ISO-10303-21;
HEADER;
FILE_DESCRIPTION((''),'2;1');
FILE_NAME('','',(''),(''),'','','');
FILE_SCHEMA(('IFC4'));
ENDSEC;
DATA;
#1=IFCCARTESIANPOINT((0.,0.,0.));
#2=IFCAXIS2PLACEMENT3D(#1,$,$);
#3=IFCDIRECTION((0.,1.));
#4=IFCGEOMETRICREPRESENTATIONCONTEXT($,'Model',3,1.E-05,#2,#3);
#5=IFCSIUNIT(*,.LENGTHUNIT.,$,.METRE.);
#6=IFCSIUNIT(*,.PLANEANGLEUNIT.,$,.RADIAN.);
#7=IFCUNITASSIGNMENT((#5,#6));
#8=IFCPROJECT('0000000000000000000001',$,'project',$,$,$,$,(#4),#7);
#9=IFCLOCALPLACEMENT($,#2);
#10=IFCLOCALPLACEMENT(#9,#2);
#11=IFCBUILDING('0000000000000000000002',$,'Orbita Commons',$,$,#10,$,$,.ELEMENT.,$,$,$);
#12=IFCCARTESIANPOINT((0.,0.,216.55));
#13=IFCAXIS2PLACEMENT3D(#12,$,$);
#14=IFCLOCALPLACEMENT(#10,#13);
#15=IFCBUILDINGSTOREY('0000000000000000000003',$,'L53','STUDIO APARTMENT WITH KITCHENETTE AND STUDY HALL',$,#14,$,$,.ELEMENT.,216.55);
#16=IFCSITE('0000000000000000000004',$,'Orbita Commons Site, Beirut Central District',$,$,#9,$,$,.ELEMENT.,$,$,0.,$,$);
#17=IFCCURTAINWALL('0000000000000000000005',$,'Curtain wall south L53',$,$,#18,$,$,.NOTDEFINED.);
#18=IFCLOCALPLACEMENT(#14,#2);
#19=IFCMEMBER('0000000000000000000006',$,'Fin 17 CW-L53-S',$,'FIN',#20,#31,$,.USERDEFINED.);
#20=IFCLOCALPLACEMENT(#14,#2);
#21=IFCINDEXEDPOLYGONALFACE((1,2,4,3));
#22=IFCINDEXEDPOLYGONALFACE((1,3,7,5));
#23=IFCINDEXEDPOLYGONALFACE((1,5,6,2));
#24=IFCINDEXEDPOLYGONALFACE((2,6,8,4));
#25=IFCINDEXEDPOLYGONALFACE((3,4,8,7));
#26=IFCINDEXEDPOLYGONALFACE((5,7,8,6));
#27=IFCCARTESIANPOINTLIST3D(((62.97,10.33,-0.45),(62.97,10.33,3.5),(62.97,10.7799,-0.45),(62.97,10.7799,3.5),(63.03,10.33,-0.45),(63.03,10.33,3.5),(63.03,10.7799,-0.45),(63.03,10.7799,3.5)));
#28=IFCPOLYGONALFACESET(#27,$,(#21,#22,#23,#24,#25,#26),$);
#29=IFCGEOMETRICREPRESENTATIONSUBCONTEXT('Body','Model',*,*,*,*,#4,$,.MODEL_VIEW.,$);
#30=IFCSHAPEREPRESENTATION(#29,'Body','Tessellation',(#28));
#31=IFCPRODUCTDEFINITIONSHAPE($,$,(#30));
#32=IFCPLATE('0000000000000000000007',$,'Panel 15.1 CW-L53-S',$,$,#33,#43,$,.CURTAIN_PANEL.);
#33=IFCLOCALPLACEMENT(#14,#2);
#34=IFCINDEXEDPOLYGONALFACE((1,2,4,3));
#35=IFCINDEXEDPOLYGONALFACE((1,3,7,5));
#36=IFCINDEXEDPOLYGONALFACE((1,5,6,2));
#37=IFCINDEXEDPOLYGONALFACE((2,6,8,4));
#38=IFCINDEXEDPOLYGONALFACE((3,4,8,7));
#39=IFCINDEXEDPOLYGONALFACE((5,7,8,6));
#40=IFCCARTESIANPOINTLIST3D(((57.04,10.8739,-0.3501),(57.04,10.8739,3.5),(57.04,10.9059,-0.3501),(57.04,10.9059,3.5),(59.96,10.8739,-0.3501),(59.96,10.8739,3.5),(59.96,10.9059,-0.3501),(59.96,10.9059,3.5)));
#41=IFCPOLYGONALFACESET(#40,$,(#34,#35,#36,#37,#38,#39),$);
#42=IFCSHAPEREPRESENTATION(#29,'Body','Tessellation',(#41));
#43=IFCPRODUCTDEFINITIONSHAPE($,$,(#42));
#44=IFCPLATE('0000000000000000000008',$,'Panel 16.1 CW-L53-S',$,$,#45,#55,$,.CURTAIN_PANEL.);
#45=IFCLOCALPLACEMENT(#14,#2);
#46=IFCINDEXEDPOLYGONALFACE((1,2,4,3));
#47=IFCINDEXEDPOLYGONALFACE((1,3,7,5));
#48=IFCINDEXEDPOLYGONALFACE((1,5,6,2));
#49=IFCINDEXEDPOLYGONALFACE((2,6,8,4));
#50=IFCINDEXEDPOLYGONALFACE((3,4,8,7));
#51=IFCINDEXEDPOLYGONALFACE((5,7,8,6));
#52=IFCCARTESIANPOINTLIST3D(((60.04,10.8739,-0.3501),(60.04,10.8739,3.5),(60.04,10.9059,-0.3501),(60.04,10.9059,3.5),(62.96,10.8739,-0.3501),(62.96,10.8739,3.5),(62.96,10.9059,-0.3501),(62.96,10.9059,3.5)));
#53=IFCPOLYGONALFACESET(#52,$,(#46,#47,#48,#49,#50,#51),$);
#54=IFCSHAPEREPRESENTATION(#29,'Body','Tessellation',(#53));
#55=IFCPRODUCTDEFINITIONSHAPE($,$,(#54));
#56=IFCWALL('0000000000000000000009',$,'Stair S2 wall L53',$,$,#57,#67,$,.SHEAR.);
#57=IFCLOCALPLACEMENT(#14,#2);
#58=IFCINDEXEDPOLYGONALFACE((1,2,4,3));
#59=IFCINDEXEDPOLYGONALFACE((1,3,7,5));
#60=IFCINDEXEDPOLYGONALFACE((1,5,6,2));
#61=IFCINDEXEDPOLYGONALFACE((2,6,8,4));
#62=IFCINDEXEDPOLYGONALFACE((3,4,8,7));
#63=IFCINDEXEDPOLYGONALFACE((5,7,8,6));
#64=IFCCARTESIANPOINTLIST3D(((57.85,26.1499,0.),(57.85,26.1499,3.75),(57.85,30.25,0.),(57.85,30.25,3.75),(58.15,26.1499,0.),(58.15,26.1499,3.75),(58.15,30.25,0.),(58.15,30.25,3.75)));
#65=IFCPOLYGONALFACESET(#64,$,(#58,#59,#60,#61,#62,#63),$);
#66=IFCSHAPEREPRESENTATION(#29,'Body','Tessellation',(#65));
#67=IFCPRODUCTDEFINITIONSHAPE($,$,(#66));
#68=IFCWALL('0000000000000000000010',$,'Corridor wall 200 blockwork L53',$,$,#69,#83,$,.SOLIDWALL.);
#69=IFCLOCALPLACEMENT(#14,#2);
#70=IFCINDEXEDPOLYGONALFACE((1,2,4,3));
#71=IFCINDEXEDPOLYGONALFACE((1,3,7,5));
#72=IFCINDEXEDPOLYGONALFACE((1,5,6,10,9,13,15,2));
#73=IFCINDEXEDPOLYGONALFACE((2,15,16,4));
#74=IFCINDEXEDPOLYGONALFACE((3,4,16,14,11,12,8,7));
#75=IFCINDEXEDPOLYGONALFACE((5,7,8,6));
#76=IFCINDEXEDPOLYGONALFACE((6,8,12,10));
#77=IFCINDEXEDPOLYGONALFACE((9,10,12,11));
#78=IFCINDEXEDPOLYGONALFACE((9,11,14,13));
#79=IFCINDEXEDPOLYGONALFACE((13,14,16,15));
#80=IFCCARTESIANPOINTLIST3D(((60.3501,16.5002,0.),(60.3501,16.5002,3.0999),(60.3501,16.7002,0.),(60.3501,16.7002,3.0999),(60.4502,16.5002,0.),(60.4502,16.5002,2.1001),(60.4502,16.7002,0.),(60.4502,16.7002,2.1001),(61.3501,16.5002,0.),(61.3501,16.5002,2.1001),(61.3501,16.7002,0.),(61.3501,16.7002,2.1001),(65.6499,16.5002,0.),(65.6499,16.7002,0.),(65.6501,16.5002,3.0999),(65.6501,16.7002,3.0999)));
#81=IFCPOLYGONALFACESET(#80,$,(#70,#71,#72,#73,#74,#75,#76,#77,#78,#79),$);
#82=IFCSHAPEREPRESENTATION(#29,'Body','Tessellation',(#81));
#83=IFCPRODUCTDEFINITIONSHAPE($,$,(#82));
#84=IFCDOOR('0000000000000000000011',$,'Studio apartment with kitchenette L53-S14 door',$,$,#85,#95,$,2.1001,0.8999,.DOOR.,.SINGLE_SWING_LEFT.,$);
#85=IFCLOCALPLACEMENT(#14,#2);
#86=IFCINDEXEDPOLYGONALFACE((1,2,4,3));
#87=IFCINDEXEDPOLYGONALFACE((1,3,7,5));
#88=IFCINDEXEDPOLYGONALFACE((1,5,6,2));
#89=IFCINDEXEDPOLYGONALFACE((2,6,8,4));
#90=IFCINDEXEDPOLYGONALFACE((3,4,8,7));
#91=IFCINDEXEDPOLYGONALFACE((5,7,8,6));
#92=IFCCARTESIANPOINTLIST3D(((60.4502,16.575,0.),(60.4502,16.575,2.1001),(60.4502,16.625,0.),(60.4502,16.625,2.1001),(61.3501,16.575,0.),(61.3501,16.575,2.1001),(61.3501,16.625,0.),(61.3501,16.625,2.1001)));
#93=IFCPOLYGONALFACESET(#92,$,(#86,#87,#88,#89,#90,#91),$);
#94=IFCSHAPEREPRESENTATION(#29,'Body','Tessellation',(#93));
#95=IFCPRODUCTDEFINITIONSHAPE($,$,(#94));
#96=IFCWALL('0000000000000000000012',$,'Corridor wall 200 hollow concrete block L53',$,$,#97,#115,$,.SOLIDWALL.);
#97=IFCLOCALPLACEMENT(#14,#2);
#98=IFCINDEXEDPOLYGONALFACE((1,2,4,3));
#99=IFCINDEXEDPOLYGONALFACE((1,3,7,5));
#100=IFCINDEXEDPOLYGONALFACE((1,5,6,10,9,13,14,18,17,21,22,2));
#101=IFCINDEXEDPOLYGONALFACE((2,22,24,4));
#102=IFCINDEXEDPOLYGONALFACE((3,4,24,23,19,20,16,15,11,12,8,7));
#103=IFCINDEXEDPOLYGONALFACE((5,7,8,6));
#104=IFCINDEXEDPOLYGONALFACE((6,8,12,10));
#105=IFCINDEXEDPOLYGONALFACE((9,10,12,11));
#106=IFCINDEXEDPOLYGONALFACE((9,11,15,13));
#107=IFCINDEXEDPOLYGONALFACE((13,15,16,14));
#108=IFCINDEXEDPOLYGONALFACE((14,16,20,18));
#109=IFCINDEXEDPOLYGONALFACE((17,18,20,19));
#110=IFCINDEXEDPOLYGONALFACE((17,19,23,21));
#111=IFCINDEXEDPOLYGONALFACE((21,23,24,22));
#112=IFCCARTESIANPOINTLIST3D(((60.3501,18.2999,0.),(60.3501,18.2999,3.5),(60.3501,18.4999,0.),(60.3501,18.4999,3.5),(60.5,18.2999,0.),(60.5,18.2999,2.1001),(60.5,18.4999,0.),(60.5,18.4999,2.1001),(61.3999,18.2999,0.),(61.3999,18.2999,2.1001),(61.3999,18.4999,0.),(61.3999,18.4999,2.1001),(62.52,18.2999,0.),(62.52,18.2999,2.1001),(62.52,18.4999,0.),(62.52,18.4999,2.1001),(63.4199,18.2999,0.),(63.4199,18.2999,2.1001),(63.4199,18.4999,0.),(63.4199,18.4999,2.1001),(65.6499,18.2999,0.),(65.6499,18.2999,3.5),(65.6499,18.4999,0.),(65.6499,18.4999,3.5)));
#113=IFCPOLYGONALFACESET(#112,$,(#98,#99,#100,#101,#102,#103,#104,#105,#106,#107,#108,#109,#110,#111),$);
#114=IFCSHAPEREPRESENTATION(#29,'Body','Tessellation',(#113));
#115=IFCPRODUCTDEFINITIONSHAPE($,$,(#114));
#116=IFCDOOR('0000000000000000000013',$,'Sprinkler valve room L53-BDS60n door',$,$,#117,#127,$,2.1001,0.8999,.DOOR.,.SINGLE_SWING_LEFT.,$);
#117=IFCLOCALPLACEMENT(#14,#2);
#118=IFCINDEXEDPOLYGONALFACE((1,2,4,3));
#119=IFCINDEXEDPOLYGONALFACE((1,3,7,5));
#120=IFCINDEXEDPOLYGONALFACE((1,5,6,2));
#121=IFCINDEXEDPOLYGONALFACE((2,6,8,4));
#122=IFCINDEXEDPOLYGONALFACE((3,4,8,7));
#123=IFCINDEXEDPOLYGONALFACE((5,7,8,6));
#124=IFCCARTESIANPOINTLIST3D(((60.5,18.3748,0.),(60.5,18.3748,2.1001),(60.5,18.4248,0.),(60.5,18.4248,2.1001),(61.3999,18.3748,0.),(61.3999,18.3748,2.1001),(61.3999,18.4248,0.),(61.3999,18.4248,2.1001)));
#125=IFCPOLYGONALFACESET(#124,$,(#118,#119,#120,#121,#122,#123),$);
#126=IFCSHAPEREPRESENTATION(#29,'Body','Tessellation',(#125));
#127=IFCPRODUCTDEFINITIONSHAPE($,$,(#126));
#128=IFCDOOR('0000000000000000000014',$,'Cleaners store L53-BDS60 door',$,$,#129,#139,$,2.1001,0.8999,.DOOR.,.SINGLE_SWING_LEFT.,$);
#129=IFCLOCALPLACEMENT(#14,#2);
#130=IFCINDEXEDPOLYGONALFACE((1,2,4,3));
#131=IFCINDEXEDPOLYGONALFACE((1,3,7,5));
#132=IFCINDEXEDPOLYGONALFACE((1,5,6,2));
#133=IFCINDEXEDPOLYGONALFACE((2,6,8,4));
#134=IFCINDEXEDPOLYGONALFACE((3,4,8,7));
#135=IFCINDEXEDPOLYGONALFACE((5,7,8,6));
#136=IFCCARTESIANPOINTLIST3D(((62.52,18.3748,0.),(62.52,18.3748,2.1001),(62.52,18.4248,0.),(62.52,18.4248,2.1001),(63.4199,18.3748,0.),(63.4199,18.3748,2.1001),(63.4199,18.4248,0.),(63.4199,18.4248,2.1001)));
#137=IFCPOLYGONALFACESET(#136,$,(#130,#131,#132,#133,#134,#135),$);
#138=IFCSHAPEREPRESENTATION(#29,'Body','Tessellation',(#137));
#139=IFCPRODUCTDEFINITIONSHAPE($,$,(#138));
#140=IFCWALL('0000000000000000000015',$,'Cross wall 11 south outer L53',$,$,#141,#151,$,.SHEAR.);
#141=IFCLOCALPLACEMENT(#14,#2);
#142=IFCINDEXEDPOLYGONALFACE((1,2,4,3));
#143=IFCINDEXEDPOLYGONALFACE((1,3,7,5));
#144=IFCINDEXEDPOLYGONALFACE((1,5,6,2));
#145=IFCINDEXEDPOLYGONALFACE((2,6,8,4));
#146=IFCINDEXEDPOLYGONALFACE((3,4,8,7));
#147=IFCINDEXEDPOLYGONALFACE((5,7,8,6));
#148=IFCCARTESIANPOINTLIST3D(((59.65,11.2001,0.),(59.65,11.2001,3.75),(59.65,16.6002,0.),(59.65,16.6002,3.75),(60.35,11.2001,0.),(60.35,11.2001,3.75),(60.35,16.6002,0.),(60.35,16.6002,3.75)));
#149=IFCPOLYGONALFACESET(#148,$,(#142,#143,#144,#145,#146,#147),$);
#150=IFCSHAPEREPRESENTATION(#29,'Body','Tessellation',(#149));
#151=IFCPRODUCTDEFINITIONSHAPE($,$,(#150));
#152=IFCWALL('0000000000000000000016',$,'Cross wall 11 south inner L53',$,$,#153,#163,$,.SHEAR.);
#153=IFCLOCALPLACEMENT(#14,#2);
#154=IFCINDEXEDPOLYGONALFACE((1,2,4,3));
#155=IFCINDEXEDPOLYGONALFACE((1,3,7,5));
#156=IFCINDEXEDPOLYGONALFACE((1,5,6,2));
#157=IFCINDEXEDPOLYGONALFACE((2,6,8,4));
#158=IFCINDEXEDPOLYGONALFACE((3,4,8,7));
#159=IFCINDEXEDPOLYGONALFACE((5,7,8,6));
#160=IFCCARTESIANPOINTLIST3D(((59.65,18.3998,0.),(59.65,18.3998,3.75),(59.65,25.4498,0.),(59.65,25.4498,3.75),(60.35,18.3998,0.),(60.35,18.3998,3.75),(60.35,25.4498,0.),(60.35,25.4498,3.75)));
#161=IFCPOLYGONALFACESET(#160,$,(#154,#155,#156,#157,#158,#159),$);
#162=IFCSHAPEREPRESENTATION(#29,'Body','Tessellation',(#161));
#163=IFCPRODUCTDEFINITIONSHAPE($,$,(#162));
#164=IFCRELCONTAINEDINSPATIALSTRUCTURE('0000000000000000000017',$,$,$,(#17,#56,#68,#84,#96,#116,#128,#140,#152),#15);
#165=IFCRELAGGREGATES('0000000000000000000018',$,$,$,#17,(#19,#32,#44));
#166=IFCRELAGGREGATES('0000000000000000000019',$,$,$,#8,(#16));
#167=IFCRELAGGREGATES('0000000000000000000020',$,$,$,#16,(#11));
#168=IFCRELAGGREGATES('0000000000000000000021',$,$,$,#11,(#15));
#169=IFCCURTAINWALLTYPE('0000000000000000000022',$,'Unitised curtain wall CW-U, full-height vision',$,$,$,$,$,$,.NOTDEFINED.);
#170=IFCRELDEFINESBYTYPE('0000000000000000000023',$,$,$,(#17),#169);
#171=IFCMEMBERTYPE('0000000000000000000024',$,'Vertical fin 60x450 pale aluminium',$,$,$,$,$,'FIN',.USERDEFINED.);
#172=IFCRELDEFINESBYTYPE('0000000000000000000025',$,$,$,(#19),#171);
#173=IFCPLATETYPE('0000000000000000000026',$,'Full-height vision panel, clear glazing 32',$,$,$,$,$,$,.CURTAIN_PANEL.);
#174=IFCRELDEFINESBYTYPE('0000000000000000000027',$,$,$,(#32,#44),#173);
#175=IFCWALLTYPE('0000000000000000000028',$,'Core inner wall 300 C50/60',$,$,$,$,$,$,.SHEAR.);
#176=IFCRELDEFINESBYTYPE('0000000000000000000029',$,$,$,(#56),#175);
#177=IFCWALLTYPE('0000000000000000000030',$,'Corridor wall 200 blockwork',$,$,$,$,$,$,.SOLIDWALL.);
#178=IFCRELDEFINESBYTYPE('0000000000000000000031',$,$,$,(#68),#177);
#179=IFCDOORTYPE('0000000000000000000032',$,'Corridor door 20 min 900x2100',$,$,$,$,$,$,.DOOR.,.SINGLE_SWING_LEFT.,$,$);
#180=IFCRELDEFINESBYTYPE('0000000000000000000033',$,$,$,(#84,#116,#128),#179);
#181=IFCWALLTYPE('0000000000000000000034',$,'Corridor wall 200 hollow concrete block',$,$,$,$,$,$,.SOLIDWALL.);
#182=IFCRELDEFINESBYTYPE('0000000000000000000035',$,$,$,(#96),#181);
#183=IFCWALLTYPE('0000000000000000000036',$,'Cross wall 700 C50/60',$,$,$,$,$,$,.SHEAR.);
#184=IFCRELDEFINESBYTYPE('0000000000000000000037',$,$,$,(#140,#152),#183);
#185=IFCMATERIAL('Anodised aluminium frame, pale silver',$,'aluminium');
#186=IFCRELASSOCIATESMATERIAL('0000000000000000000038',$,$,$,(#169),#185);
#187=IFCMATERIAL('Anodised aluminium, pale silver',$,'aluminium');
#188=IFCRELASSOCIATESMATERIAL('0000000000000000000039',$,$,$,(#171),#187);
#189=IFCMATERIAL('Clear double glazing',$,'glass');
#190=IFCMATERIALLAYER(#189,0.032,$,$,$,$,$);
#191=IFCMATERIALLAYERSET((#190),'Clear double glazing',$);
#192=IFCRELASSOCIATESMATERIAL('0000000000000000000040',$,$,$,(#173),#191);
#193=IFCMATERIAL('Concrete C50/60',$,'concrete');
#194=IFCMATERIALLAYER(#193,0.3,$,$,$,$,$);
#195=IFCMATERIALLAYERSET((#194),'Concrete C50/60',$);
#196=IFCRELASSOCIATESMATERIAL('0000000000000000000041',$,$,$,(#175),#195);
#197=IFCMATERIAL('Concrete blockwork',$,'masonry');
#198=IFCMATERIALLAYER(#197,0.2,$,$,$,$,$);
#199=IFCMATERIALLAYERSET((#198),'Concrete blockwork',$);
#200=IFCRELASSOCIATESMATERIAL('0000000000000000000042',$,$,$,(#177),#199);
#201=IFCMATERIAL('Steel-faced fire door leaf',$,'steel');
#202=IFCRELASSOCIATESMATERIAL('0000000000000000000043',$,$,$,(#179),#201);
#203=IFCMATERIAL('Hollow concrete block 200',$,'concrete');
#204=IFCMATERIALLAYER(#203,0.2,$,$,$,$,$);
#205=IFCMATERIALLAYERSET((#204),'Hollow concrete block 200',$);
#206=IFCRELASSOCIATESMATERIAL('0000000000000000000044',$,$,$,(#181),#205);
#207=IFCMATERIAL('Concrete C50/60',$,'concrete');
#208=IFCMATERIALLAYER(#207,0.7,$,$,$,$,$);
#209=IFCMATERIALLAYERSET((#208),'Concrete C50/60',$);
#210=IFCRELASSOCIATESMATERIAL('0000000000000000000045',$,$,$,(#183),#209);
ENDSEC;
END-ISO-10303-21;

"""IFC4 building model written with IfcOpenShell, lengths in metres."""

from ifc_helpers import new_model, si_unit, direction, frame, frame_2d, origin, origin_2d, place, context, subcontext, project, spatial, polyline, rectangle, outline, extrude, material, layer, layer_set, material_profile, profile_set, type_object, element, fill, aggregate, save


model = new_model("IFC4")

# Units and contexts
model_context = context("Model", 3, precision=1e-05, world=origin(), true_north=direction((0.0, 1.0)))
body_context = subcontext(model_context, "Body", "Model", "MODEL_VIEW")
ifc_project = project(units=[si_unit("LENGTHUNIT", "METRE"), si_unit("PLANEANGLEUNIT", "RADIAN")], contexts=[model_context])

# Site, building, storey
site_placement = place(None, origin())
site = spatial("IfcSite", under=ifc_project, at=site_placement, Name="Orbita Commons Site, Beirut Central District", CompositionType="ELEMENT", RefElevation=0.0)
building_placement = place(site_placement, origin())
building = spatial("IfcBuilding", under=site, at=building_placement, Name="Orbita Commons", CompositionType="ELEMENT")
storey_placement = place(building_placement, frame((0.0, 0.0, 216.55)))
storey = spatial("IfcBuildingStorey", under=building, at=storey_placement, Name="L53", Description="STUDIO APARTMENT WITH KITCHENETTE AND STUDY HALL", CompositionType="ELEMENT", Elevation=216.55)

# Curtain wall
ifc_material_1 = material(Name="Anodised aluminium frame, pale silver", Category="aluminium")
curtain_wall_type = type_object("IfcCurtainWallType", Name="Unitised curtain wall CW-U, full-height vision", PredefinedType="NOTDEFINED", material=ifc_material_1)
curtain_wall_placement = place(storey_placement, origin())
curtain_wall = element("IfcCurtainWall", 1, at=curtain_wall_placement, inside=storey, type_object=curtain_wall_type, Name="Curtain wall south L53", PredefinedType="NOTDEFINED")

# Member
ifc_material_2 = material(Name="Anodised aluminium, pale silver", Category="aluminium")
ifc_material_profile_1 = material_profile(ifc_material_2, rectangle(XDim=0.0601, YDim=0.45, at=origin_2d()), Name="FIN 60x450")
ifc_profile_set_1 = profile_set([ifc_material_profile_1], Name="Anodised aluminium, pale silver")
member_type_1 = type_object("IfcMemberType", Name="Vertical fin 60x450 pale aluminium", ElementType="FIN", PredefinedType="USERDEFINED", material=ifc_profile_set_1)
member_1_placement = place(storey_placement, frame((63.0, 10.5549, -0.45), z_axis=(0.0, 0.0, 1.0), x_axis=(1.0, 0.0, 0.0)))
member_1 = element("IfcMember", 2, at=member_1_placement, type_object=member_type_1, Name="Fin 17 CW-L53-S", ObjectType="FIN", PredefinedType="USERDEFINED", context=body_context, shape_type="SweptSolid", body=[
    extrude(rectangle(XDim=0.0601, YDim=0.45, at=origin_2d()), origin(), (0.0, 0.0, 1.0), 3.95),
])

# Plates
ifc_material_3 = material(Name="Clear double glazing", Category="glass")
ifc_layer_1 = layer(ifc_material_3, 0.032)
ifc_layer_set_1 = layer_set([ifc_layer_1], Name="Clear double glazing")
plate_type = type_object("IfcPlateType", Name="Full-height vision panel, clear glazing 32", PredefinedType="CURTAIN_PANEL", material=ifc_layer_set_1)
plate_1_placement = place(storey_placement, frame((58.5, 10.8899, -0.3501), z_axis=(0.0, 0.0, 1.0), x_axis=(1.0, 0.0, 0.0)))
plate_1 = element("IfcPlate", 3, at=plate_1_placement, type_object=plate_type, Name="Panel 15.1 CW-L53-S", PredefinedType="CURTAIN_PANEL", context=body_context, shape_type="SweptSolid", body=[
    extrude(rectangle(XDim=2.9199, YDim=0.032, at=origin_2d()), origin(), (0.0, 0.0, 1.0), 3.8501),
])
plate_2_placement = place(storey_placement, frame((61.5, 10.8899, -0.3501), z_axis=(0.0, 0.0, 1.0), x_axis=(1.0, 0.0, 0.0)))
plate_2 = element("IfcPlate", 4, at=plate_2_placement, type_object=plate_type, Name="Panel 16.1 CW-L53-S", PredefinedType="CURTAIN_PANEL", context=body_context, shape_type="SweptSolid", body=[
    extrude(rectangle(XDim=2.9199, YDim=0.032, at=origin_2d()), origin(), (0.0, 0.0, 1.0), 3.8501),
])
aggregate(curtain_wall, [member_1, plate_1, plate_2])

# Wall
ifc_material_4 = material(Name="Concrete C50/60", Category="concrete")
ifc_layer_2 = layer(ifc_material_4, 0.3)
ifc_layer_set_2 = layer_set([ifc_layer_2], Name="Concrete C50/60")
wall_type_1 = type_object("IfcWallType", Name="Core inner wall 300 C50/60", PredefinedType="SHEAR", material=ifc_layer_set_2)
wall_1_placement = place(storey_placement, frame((58.0, 26.1499, 0.0), z_axis=(0.0, 0.0, 1.0), x_axis=(0.0, 1.0, 0.0)))
element("IfcWall", 5, at=wall_1_placement, inside=storey, type_object=wall_type_1, Name="Stair S2 wall L53", PredefinedType="SHEAR", context=body_context, shape_type="SweptSolid", body=[
    extrude(rectangle(XDim=4.1001, YDim=0.3, at=frame_2d((2.05, 0.0))), origin(), (0.0, 0.0, 1.0), 3.75),
])

# Wall, opening, door
ifc_material_5 = material(Name="Concrete blockwork", Category="masonry")
ifc_layer_3 = layer(ifc_material_5, 0.2)
ifc_layer_set_3 = layer_set([ifc_layer_3], Name="Concrete blockwork")
wall_type_2 = type_object("IfcWallType", Name="Corridor wall 200 blockwork", PredefinedType="SOLIDWALL", material=ifc_layer_set_3)
wall_2_placement = place(storey_placement, frame((60.3501, 16.6001, 0.0), z_axis=(0.0, 0.0, 1.0), x_axis=(1.0, 0.0, 0.0)))
wall_2 = element("IfcWall", 6, at=wall_2_placement, inside=storey, type_object=wall_type_2, Name="Corridor wall 200 blockwork L53", PredefinedType="SOLIDWALL", context=body_context, shape_type="SweptSolid", body=[
    extrude(outline(polyline([(0.0, 0.0), (5.2998, 0.0), (5.3, 3.0999), (0.0, 3.0999), (0.0, 0.0)])), frame((0.0, 0.1001, 0.0), z_axis=(0.0, -1.0, 0.0), x_axis=(1.0, 0.0, 0.0)), (0.0, 0.0, 1.0), 0.2),
])
opening_1_placement = place(wall_2_placement, frame((0.1001, 0.0, 0.0)))
opening_1 = element("IfcOpeningElement", 7, at=opening_1_placement, cuts=wall_2, PredefinedType="OPENING", context=body_context, shape_type="SweptSolid", body=[
    extrude(rectangle(XDim=0.8999, YDim=2.1001, at=frame_2d((0.45, 1.05))), frame((0.0, 0.1099, 0.0), z_axis=(0.0, -1.0, 0.0), x_axis=(1.0, 0.0, 0.0)), (0.0, 0.0, 1.0), 0.22),
])
ifc_material_6 = material(Name="Steel-faced fire door leaf", Category="steel")
door_type_1 = type_object("IfcDoorType", Name="Corridor door 20 min 900x2100", OperationType="SINGLE_SWING_LEFT", PredefinedType="DOOR", material=ifc_material_6)
door_1_placement = place(opening_1_placement, origin())
door_1 = element("IfcDoor", 8, at=door_1_placement, inside=storey, type_object=door_type_1, Name="Studio apartment with kitchenette L53-S14 door", OperationType="SINGLE_SWING_LEFT", OverallHeight=2.1001, OverallWidth=0.8999, PredefinedType="DOOR", context=body_context, shape_type="SweptSolid", body=[
    extrude(rectangle(XDim=0.8999, YDim=2.1001, at=frame_2d((0.45, 1.05))), frame((0.0, 0.0249, 0.0), z_axis=(0.0, -1.0, 0.0), x_axis=(1.0, 0.0, 0.0)), (0.0, 0.0, 1.0), 0.05),
])
fill(opening_1, door_1)

# Wall, openings, doors
ifc_material_7 = material(Name="Hollow concrete block 200", Category="concrete")
ifc_layer_4 = layer(ifc_material_7, 0.2)
ifc_layer_set_4 = layer_set([ifc_layer_4], Name="Hollow concrete block 200")
wall_type_3 = type_object("IfcWallType", Name="Corridor wall 200 hollow concrete block", PredefinedType="SOLIDWALL", material=ifc_layer_set_4)
wall_3_placement = place(storey_placement, frame((60.3501, 18.3999, 0.0), z_axis=(0.0, 0.0, 1.0), x_axis=(1.0, 0.0, 0.0)))
wall_3 = element("IfcWall", 9, at=wall_3_placement, inside=storey, type_object=wall_type_3, Name="Corridor wall 200 hollow concrete block L53", PredefinedType="SOLIDWALL", context=body_context, shape_type="SweptSolid", body=[
    extrude(rectangle(XDim=5.2998, YDim=0.2, at=frame_2d((2.6499, 0.0))), origin(), (0.0, 0.0, 1.0), 3.5),
])
opening_2_placement = place(wall_3_placement, frame((0.1499, 0.0, 0.0)))
opening_2 = element("IfcOpeningElement", 10, at=opening_2_placement, cuts=wall_3, PredefinedType="OPENING", context=body_context, shape_type="SweptSolid", body=[
    extrude(rectangle(XDim=0.8999, YDim=2.1001, at=frame_2d((0.45, 1.05))), frame((0.0, 0.1099, 0.0), z_axis=(0.0, -1.0, 0.0), x_axis=(1.0, 0.0, 0.0)), (0.0, 0.0, 1.0), 0.22),
])
opening_3_placement = place(wall_3_placement, frame((2.1699, 0.0, 0.0)))
opening_3 = element("IfcOpeningElement", 11, at=opening_3_placement, cuts=wall_3, PredefinedType="OPENING", context=body_context, shape_type="SweptSolid", body=[
    extrude(rectangle(XDim=0.8999, YDim=2.1001, at=frame_2d((0.45, 1.05))), frame((0.0, 0.1099, 0.0), z_axis=(0.0, -1.0, 0.0), x_axis=(1.0, 0.0, 0.0)), (0.0, 0.0, 1.0), 0.22),
])
door_2_placement = place(opening_2_placement, origin())
door_2 = element("IfcDoor", 12, at=door_2_placement, inside=storey, type_object=door_type_1, Name="Sprinkler valve room L53-BDS60n door", OperationType="SINGLE_SWING_LEFT", OverallHeight=2.1001, OverallWidth=0.8999, PredefinedType="DOOR", context=body_context, shape_type="SweptSolid", body=[
    extrude(rectangle(XDim=0.8999, YDim=2.1001, at=frame_2d((0.45, 1.05))), frame((0.0, 0.0249, 0.0), z_axis=(0.0, -1.0, 0.0), x_axis=(1.0, 0.0, 0.0)), (0.0, 0.0, 1.0), 0.05),
])
fill(opening_2, door_2)
door_3_placement = place(opening_3_placement, origin())
door_3 = element("IfcDoor", 13, at=door_3_placement, inside=storey, type_object=door_type_1, Name="Cleaners store L53-BDS60 door", OperationType="SINGLE_SWING_LEFT", OverallHeight=2.1001, OverallWidth=0.8999, PredefinedType="DOOR", context=body_context, shape_type="SweptSolid", body=[
    extrude(rectangle(XDim=0.8999, YDim=2.1001, at=frame_2d((0.45, 1.05))), frame((0.0, 0.0249, 0.0), z_axis=(0.0, -1.0, 0.0), x_axis=(1.0, 0.0, 0.0)), (0.0, 0.0, 1.0), 0.05),
])
fill(opening_3, door_3)

# Walls
ifc_material_8 = material(Name="Concrete C50/60", Category="concrete")
ifc_layer_5 = layer(ifc_material_8, 0.7)
ifc_layer_set_5 = layer_set([ifc_layer_5], Name="Concrete C50/60")
wall_type_4 = type_object("IfcWallType", Name="Cross wall 700 C50/60", PredefinedType="SHEAR", material=ifc_layer_set_5)
wall_4_placement = place(storey_placement, frame((60.0, 11.2, 0.0), z_axis=(0.0, 0.0, 1.0), x_axis=(0.0, 1.0, 0.0)))
element("IfcWall", 14, at=wall_4_placement, inside=storey, type_object=wall_type_4, Name="Cross wall 11 south outer L53", PredefinedType="SHEAR", context=body_context, shape_type="SweptSolid", body=[
    extrude(rectangle(XDim=5.4001, YDim=0.7, at=frame_2d((2.7002, 0.0))), origin(), (0.0, 0.0, 1.0), 3.75),
])
wall_5_placement = place(storey_placement, frame((60.0, 18.3999, 0.0), z_axis=(0.0, 0.0, 1.0), x_axis=(0.0, 1.0, 0.0)))
element("IfcWall", 15, at=wall_5_placement, inside=storey, type_object=wall_type_4, Name="Cross wall 11 south inner L53", PredefinedType="SHEAR", context=body_context, shape_type="SweptSolid", body=[
    extrude(rectangle(XDim=7.05, YDim=0.7, at=frame_2d((3.5249, 0.0))), origin(), (0.0, 0.0, 1.0), 3.75),
])

save(model, "model.ifc")
